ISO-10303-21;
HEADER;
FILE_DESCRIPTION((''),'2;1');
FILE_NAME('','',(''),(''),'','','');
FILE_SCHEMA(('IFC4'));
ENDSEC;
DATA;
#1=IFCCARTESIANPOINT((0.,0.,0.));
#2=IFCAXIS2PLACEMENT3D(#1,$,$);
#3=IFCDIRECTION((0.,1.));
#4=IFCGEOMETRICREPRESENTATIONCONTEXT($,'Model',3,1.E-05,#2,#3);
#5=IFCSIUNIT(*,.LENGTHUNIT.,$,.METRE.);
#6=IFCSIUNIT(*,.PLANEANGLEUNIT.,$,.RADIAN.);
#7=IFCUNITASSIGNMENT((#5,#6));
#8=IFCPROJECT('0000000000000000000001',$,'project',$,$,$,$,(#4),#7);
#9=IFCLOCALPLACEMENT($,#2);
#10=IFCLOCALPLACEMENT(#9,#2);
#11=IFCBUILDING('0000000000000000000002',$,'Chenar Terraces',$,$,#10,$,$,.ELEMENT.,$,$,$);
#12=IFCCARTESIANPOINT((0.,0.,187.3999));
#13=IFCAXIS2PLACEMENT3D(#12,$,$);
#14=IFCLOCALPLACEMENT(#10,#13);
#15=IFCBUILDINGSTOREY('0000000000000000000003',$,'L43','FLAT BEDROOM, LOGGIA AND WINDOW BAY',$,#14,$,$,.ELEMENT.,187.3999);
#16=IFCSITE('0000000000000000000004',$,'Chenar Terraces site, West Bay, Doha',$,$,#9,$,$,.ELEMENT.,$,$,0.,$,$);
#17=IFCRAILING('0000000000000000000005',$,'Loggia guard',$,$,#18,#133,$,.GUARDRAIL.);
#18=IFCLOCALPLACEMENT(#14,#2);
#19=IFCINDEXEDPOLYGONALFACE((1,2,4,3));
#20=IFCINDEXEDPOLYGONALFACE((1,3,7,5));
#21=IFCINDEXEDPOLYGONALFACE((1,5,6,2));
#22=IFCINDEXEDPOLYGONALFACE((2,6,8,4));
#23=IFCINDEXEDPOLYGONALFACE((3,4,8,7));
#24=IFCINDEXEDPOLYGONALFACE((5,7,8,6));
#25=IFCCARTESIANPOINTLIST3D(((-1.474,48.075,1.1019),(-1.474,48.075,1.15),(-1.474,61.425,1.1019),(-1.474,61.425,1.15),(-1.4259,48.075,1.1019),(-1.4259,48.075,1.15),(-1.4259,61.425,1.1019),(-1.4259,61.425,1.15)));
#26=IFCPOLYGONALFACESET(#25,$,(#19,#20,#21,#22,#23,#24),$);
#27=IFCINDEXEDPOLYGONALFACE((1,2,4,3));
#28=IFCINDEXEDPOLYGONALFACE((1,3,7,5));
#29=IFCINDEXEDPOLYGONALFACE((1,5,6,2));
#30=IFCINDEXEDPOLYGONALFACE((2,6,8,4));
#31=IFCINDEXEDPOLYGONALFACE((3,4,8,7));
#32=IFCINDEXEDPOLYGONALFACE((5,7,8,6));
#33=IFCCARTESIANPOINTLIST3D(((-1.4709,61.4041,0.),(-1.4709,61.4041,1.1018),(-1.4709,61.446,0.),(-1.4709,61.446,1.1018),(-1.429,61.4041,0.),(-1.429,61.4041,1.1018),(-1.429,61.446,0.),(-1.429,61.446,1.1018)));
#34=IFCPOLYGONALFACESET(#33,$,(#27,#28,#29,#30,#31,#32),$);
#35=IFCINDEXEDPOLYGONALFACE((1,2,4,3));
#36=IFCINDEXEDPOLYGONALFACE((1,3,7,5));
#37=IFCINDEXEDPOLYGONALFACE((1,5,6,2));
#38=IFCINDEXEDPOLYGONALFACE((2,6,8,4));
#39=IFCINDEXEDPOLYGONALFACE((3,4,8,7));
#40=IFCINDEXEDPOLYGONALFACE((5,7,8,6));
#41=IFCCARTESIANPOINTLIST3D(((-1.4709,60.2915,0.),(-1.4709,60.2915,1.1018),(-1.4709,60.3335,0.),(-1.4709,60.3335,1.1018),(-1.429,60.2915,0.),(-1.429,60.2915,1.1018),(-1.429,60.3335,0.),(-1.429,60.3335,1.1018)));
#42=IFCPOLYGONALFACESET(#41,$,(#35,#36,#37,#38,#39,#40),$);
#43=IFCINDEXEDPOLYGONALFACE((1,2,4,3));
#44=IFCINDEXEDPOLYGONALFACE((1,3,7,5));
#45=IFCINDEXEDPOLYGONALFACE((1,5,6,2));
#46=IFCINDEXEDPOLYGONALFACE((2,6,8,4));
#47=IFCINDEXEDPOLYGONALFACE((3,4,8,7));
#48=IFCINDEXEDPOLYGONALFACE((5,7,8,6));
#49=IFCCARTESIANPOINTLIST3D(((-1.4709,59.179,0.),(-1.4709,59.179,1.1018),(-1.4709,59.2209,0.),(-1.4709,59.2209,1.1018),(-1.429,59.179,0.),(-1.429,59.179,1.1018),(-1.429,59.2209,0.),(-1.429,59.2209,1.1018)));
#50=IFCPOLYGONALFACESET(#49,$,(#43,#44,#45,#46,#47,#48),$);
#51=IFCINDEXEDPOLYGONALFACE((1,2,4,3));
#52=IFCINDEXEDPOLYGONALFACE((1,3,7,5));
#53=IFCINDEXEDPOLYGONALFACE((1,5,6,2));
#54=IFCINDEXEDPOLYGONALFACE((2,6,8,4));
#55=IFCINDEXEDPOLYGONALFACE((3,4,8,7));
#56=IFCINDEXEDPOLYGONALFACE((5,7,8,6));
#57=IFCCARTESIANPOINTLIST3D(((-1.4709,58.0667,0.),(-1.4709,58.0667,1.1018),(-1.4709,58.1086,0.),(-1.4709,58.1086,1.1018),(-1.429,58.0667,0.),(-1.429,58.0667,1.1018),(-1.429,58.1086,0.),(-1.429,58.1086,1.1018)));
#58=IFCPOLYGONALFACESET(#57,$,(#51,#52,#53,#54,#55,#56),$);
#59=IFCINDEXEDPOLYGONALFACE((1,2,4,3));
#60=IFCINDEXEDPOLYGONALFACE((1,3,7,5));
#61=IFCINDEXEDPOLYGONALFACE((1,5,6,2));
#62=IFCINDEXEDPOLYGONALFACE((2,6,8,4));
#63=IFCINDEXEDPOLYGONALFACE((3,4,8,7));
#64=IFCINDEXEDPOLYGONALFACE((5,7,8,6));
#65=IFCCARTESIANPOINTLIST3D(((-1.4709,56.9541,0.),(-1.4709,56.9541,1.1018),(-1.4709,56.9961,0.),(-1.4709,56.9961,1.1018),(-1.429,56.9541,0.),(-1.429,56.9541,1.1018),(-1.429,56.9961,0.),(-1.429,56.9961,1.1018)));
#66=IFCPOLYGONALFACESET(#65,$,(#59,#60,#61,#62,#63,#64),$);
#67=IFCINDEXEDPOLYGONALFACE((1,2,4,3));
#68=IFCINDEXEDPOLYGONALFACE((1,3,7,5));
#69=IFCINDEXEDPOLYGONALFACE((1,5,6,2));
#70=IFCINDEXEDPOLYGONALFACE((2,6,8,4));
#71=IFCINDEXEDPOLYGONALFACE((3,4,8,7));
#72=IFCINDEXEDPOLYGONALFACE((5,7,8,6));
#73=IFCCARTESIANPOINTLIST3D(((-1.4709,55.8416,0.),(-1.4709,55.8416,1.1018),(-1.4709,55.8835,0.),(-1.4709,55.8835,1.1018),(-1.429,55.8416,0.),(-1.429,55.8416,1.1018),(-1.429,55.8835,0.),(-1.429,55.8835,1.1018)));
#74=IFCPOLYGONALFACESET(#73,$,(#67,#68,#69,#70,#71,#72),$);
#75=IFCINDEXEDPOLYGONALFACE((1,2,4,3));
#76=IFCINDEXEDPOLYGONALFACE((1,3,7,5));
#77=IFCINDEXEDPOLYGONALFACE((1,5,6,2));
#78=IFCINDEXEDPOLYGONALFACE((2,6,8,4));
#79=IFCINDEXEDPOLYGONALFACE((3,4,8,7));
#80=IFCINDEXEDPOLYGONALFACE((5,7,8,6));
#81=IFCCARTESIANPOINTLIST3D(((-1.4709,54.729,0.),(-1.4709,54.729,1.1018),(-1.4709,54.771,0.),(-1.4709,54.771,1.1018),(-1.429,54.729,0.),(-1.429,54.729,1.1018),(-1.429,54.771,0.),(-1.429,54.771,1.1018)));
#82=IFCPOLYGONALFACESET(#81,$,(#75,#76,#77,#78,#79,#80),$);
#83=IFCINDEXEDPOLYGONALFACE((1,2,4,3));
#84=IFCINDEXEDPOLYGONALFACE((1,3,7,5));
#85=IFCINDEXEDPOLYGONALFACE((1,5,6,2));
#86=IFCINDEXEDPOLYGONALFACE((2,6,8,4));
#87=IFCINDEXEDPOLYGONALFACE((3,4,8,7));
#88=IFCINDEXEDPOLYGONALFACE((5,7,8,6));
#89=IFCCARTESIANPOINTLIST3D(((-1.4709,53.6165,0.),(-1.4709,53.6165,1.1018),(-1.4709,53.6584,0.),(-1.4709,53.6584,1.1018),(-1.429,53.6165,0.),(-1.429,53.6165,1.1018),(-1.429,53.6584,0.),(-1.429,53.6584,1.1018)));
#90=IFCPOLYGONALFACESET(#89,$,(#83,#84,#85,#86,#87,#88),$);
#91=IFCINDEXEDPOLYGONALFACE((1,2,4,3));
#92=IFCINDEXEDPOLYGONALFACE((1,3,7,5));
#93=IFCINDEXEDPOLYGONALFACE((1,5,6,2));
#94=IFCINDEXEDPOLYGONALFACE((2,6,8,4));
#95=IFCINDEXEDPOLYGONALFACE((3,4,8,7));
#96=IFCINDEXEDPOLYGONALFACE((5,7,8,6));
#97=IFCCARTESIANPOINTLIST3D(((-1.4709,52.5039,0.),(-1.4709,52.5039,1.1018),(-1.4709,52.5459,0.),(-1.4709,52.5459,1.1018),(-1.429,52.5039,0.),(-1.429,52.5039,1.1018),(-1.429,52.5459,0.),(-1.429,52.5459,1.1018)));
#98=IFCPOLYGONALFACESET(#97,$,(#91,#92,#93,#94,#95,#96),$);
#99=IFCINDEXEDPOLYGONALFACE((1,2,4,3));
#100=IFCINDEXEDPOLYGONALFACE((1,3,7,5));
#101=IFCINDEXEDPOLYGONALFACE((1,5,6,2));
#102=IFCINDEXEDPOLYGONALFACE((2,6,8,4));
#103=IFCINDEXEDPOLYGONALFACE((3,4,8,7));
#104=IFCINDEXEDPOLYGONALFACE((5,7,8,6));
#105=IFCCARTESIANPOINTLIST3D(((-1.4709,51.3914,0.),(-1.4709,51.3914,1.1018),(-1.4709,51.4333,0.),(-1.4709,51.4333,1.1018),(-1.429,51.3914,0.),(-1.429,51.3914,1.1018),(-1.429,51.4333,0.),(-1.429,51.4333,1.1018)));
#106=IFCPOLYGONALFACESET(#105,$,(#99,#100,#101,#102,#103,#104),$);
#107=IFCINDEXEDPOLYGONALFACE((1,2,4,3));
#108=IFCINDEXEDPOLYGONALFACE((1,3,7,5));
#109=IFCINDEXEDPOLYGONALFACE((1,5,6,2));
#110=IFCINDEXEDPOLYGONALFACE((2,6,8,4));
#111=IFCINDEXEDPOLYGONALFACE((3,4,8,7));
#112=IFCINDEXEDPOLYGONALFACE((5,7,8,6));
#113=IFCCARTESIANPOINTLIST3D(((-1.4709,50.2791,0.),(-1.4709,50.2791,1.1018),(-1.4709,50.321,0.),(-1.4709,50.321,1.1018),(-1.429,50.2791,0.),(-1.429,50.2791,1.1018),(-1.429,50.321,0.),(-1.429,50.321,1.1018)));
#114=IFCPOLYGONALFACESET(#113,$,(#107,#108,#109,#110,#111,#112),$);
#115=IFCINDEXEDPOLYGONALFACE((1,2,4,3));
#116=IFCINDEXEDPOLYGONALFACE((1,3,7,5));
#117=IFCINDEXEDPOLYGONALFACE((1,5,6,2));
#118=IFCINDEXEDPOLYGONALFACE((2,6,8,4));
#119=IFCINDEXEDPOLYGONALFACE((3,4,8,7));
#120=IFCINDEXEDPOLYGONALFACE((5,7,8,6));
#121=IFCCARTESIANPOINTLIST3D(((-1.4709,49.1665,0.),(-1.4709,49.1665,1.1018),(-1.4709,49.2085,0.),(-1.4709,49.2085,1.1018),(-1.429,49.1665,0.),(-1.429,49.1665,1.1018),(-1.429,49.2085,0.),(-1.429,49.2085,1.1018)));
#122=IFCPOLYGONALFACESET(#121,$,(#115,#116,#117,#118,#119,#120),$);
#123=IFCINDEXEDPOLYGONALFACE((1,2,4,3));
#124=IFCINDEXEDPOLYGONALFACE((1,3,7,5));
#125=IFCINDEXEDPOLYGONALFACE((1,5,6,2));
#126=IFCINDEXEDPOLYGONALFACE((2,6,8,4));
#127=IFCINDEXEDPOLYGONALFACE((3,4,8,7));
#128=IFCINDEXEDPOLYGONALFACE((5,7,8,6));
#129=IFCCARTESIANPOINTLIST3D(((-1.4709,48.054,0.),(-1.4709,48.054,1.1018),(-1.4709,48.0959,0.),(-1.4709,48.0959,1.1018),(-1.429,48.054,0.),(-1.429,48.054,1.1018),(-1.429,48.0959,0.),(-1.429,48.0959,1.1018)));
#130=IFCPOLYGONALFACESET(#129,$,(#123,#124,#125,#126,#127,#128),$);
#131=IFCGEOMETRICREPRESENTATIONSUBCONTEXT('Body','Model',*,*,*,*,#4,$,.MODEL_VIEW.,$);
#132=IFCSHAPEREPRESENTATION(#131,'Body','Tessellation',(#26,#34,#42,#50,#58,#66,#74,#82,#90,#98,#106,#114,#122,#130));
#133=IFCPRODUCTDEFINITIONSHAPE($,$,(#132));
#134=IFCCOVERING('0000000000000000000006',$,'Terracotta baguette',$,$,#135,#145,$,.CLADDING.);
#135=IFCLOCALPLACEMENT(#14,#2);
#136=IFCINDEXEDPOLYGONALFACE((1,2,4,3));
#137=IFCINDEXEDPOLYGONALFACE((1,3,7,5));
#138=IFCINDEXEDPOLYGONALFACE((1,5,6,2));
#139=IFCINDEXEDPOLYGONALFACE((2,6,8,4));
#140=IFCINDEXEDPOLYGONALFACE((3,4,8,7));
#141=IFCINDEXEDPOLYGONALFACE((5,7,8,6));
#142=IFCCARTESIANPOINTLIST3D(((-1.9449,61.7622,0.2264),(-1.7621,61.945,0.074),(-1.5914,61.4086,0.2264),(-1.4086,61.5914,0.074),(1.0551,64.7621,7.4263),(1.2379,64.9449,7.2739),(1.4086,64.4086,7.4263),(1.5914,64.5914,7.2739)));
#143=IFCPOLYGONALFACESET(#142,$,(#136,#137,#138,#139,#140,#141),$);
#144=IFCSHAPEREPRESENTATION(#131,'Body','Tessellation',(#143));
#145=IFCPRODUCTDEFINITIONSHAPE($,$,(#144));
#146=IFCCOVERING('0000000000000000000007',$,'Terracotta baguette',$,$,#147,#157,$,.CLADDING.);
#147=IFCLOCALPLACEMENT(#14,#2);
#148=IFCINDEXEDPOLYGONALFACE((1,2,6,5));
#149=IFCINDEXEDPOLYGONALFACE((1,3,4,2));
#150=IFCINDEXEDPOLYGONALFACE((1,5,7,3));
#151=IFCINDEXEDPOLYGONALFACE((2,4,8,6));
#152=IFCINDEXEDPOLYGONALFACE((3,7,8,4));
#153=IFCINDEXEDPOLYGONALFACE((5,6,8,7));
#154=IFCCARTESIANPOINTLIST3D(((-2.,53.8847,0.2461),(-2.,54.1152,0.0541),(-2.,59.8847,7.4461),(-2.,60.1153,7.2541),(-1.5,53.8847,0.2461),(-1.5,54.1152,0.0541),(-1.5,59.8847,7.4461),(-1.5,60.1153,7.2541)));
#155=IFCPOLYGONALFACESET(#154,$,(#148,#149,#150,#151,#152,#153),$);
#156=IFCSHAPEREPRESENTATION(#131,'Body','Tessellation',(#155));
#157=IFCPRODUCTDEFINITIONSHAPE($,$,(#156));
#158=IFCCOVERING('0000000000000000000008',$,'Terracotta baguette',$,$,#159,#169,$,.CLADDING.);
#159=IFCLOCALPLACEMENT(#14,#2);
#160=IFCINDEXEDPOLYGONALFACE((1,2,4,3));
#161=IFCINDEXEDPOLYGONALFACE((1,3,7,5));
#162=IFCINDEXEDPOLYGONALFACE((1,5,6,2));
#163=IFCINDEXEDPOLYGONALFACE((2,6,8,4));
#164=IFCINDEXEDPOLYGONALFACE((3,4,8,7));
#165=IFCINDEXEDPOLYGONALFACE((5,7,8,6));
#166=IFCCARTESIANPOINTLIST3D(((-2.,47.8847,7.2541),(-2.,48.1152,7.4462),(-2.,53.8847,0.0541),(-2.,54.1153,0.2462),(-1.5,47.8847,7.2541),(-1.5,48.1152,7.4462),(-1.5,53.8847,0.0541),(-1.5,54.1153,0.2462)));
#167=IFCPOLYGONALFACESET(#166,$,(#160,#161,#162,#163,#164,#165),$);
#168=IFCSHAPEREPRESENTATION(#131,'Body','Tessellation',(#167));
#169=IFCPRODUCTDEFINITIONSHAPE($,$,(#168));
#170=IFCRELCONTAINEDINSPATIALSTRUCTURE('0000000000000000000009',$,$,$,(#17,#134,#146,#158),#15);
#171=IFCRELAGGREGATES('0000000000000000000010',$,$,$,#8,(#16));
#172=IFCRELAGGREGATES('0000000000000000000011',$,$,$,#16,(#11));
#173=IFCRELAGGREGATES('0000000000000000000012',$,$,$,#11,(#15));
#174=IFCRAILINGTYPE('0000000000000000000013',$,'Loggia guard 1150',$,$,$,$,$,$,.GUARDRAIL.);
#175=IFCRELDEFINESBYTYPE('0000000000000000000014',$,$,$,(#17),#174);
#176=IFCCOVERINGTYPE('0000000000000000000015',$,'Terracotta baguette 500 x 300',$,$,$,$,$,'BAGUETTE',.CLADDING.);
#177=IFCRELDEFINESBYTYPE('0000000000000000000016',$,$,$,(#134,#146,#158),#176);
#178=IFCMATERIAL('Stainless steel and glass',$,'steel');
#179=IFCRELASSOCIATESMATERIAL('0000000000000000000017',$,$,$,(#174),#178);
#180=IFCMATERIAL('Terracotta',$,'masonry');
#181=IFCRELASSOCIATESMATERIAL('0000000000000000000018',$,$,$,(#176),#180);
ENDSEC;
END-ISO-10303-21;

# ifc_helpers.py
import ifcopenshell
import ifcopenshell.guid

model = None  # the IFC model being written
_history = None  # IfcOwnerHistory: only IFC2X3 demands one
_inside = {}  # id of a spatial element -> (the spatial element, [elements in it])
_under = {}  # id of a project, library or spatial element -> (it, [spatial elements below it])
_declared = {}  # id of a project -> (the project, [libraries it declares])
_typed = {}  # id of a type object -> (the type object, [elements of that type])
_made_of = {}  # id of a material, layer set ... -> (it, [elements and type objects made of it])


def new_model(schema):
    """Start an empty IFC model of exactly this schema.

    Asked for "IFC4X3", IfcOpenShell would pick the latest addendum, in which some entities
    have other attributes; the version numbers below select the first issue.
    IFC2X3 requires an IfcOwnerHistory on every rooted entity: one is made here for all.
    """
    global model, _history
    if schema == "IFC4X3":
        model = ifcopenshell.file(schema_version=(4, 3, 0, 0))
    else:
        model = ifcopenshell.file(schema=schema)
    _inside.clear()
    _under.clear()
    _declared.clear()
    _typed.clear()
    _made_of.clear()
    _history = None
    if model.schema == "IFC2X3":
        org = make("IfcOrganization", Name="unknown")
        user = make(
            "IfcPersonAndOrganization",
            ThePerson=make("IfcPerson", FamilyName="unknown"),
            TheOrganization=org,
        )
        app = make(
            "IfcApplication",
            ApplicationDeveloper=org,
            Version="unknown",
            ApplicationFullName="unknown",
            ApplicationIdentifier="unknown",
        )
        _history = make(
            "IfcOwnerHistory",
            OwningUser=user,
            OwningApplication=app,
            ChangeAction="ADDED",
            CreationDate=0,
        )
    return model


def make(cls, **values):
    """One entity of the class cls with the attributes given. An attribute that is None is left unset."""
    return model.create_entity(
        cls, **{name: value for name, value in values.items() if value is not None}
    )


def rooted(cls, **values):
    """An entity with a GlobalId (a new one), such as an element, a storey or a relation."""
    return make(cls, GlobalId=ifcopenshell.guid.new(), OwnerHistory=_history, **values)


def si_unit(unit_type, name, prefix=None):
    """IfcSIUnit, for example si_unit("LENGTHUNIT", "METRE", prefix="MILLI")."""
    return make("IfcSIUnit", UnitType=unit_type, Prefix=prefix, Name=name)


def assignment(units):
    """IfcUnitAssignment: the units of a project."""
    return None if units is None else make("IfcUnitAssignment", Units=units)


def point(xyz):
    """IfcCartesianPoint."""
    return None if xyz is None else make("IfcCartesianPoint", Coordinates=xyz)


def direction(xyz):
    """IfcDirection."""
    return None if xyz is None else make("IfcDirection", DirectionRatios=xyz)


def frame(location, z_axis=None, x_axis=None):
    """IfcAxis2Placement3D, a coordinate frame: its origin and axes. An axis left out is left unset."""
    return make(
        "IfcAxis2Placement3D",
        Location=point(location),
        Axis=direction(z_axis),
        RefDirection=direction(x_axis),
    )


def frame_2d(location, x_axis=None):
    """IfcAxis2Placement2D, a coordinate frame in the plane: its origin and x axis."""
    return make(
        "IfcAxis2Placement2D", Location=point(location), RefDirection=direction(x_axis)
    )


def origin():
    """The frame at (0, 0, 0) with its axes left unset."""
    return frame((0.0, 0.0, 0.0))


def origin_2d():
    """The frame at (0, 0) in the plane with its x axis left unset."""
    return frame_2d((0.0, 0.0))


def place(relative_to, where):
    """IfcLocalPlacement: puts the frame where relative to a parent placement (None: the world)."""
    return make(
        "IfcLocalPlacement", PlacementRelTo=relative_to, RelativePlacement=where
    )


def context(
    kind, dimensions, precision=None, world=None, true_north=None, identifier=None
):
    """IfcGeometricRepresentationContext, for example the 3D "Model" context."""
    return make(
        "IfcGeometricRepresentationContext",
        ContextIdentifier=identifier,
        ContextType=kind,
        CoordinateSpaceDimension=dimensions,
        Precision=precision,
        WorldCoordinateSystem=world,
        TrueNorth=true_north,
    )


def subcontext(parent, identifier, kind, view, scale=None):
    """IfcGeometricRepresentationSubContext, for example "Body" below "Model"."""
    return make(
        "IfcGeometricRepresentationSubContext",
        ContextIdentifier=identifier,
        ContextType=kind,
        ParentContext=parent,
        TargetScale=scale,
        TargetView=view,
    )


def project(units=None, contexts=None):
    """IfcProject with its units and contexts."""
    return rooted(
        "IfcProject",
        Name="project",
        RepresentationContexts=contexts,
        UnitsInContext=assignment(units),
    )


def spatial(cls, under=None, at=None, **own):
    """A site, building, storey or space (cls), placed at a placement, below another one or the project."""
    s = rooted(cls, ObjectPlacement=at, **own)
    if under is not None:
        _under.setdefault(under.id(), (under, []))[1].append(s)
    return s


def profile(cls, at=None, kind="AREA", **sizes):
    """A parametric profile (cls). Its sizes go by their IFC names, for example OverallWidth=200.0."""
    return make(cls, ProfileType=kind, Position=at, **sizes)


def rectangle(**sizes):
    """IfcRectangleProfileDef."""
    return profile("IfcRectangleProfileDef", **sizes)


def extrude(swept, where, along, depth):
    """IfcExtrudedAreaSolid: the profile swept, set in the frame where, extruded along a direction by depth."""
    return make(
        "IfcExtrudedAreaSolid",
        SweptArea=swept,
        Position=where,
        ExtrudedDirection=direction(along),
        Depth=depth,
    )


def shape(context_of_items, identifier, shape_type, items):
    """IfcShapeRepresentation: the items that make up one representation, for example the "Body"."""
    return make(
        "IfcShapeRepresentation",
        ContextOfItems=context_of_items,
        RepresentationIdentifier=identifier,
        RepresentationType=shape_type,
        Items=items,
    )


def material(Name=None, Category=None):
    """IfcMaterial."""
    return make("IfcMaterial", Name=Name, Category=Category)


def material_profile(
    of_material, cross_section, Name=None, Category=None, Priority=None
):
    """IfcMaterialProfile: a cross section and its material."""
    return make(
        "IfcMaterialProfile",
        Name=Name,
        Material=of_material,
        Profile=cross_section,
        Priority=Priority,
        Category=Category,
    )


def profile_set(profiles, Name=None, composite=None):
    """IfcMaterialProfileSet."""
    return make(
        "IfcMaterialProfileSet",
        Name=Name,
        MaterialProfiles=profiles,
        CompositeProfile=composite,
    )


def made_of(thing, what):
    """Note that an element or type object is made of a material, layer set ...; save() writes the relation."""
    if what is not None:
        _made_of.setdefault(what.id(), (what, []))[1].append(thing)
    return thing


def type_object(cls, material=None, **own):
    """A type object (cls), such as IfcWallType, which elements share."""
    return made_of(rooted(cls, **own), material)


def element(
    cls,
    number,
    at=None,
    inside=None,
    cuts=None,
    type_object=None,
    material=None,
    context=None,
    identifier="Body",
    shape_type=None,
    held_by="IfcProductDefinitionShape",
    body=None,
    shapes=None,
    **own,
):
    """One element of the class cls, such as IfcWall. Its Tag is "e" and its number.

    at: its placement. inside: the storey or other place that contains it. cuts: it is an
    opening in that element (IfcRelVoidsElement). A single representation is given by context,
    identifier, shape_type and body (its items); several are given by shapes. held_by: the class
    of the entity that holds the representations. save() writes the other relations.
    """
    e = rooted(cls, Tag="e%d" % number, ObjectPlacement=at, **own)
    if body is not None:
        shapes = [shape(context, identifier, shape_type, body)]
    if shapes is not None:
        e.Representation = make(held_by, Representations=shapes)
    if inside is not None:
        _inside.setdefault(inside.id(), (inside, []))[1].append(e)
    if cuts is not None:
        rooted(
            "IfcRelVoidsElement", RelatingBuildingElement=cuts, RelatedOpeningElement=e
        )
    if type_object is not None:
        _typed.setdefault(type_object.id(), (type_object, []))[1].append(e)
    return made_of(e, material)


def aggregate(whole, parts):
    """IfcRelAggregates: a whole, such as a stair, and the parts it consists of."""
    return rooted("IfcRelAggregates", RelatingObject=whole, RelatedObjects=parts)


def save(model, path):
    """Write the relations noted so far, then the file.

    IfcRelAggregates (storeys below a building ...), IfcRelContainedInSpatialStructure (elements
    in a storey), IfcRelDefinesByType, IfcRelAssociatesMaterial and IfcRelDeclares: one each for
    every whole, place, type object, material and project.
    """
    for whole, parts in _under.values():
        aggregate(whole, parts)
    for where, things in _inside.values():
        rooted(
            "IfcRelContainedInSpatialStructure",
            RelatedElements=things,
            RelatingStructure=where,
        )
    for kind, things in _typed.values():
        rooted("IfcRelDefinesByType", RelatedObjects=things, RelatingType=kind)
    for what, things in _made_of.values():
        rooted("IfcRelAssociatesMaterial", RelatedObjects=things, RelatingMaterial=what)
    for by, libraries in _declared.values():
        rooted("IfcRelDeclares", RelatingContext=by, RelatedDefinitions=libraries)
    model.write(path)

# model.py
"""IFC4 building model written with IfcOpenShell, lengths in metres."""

from ifc_helpers import new_model, si_unit, direction, frame, origin, origin_2d, place, context, subcontext, project, spatial, rectangle, extrude, material, material_profile, profile_set, type_object, element, save


model = new_model("IFC4")

# Units and contexts
model_context = context("Model", 3, precision=1e-05, world=origin(), true_north=direction((0.0, 1.0)))
body_context = subcontext(model_context, "Body", "Model", "MODEL_VIEW")
ifc_project = project(units=[si_unit("LENGTHUNIT", "METRE"), si_unit("PLANEANGLEUNIT", "RADIAN")], contexts=[model_context])

# Site, building, storey
site_placement = place(None, origin())
site = spatial("IfcSite", under=ifc_project, at=site_placement, Name="Chenar Terraces site, West Bay, Doha", CompositionType="ELEMENT", RefElevation=0.0)
building_placement = place(site_placement, origin())
building = spatial("IfcBuilding", under=site, at=building_placement, Name="Chenar Terraces", CompositionType="ELEMENT")
storey_placement = place(building_placement, frame((0.0, 0.0, 187.3999)))
storey = spatial("IfcBuildingStorey", under=building, at=storey_placement, Name="L43", Description="FLAT BEDROOM, LOGGIA AND WINDOW BAY", CompositionType="ELEMENT", Elevation=187.3999)

# Railing
ifc_material_1 = material(Name="Stainless steel and glass", Category="steel")
railing_type = type_object("IfcRailingType", Name="Loggia guard 1150", PredefinedType="GUARDRAIL", material=ifc_material_1)
railing_placement = place(storey_placement, frame((-1.45, 61.425, 0.0)))
element("IfcRailing", 1, at=railing_placement, inside=storey, type_object=railing_type, Name="Loggia guard", PredefinedType="GUARDRAIL", context=body_context, shape_type="SweptSolid", body=[
    extrude(rectangle(XDim=0.0481, YDim=0.0481, at=origin_2d()), frame((0.0, 0.0, 1.126), z_axis=(0.0, -1.0, 0.0), x_axis=(1.0, 0.0, 0.0)), (0.0, 0.0, 1.0), 13.3501),
    extrude(rectangle(XDim=0.042, YDim=0.042, at=origin_2d()), origin(), (0.0, 0.0, 1.0), 1.1018),
    extrude(rectangle(XDim=0.042, YDim=0.042, at=origin_2d()), frame((0.0, -1.1125, 0.0)), (0.0, 0.0, 1.0), 1.1018),
    extrude(rectangle(XDim=0.042, YDim=0.042, at=origin_2d()), frame((0.0, -2.2251, 0.0)), (0.0, 0.0, 1.0), 1.1018),
    extrude(rectangle(XDim=0.042, YDim=0.042, at=origin_2d()), frame((0.0, -3.3374, 0.0)), (0.0, 0.0, 1.0), 1.1018),
    extrude(rectangle(XDim=0.042, YDim=0.042, at=origin_2d()), frame((0.0, -4.45, 0.0)), (0.0, 0.0, 1.0), 1.1018),
    extrude(rectangle(XDim=0.042, YDim=0.042, at=origin_2d()), frame((0.0, -5.5625, 0.0)), (0.0, 0.0, 1.0), 1.1018),
    extrude(rectangle(XDim=0.042, YDim=0.042, at=origin_2d()), frame((0.0, -6.675, 0.0)), (0.0, 0.0, 1.0), 1.1018),
    extrude(rectangle(XDim=0.042, YDim=0.042, at=origin_2d()), frame((0.0, -7.7876, 0.0)), (0.0, 0.0, 1.0), 1.1018),
    extrude(rectangle(XDim=0.042, YDim=0.042, at=origin_2d()), frame((0.0, -8.9001, 0.0)), (0.0, 0.0, 1.0), 1.1018),
    extrude(rectangle(XDim=0.042, YDim=0.042, at=origin_2d()), frame((0.0, -10.0127, 0.0)), (0.0, 0.0, 1.0), 1.1018),
    extrude(rectangle(XDim=0.042, YDim=0.042, at=origin_2d()), frame((0.0, -11.125, 0.0)), (0.0, 0.0, 1.0), 1.1018),
    extrude(rectangle(XDim=0.042, YDim=0.042, at=origin_2d()), frame((0.0, -12.2375, 0.0)), (0.0, 0.0, 1.0), 1.1018),
    extrude(rectangle(XDim=0.042, YDim=0.042, at=origin_2d()), frame((0.0, -13.3501, 0.0)), (0.0, 0.0, 1.0), 1.1018),
])

# Coverings
ifc_material_2 = material(Name="Terracotta", Category="masonry")
ifc_material_profile_1 = material_profile(ifc_material_2, rectangle(XDim=0.5, YDim=0.3, at=origin_2d()), Name="Terracotta baguette 500 x 300")
ifc_profile_set_1 = profile_set([ifc_material_profile_1], Name="Terracotta")
covering_type = type_object("IfcCoveringType", Name="Terracotta baguette 500 x 300", ElementType="BAGUETTE", PredefinedType="CLADDING", material=ifc_profile_set_1)
covering_placement = place(storey_placement, frame((1.3232, 64.6768, 7.3501), z_axis=(-0.358981, -0.358981, -0.861548), x_axis=(0.707107, -0.707107, 0.0)))
element("IfcCovering", 2, at=covering_placement, inside=storey, type_object=covering_type, Name="Terracotta baguette", PredefinedType="CLADDING", context=body_context, shape_type="SweptSolid", body=[
    extrude(rectangle(XDim=0.5, YDim=0.3, at=origin_2d()), origin(), (0.0, 0.0, 1.0), 8.3569),
])
for number, where, z_axis, x_axis, name in (
    (3, (-1.75, 60.0, 7.3501), (0.0, -0.640187, -0.768219), (1.0, 0.0, 0.0), "Terracotta baguette"),
    (4, (-1.75, 54.0, 0.1501), (0.0, -0.640187, 0.768219), (1.0, 0.0, 0.0), "Terracotta baguette"),
):
    element("IfcCovering", number, at=place(storey_placement, frame(where, z_axis=z_axis, x_axis=x_axis)), inside=storey, type_object=covering_type, Name=name, PredefinedType="CLADDING", context=body_context, shape_type="SweptSolid", body=[
        extrude(rectangle(XDim=0.5, YDim=0.3, at=origin_2d()), origin(), (0.0, 0.0, 1.0), 9.3723),
    ])

save(model, "model.ifc")
